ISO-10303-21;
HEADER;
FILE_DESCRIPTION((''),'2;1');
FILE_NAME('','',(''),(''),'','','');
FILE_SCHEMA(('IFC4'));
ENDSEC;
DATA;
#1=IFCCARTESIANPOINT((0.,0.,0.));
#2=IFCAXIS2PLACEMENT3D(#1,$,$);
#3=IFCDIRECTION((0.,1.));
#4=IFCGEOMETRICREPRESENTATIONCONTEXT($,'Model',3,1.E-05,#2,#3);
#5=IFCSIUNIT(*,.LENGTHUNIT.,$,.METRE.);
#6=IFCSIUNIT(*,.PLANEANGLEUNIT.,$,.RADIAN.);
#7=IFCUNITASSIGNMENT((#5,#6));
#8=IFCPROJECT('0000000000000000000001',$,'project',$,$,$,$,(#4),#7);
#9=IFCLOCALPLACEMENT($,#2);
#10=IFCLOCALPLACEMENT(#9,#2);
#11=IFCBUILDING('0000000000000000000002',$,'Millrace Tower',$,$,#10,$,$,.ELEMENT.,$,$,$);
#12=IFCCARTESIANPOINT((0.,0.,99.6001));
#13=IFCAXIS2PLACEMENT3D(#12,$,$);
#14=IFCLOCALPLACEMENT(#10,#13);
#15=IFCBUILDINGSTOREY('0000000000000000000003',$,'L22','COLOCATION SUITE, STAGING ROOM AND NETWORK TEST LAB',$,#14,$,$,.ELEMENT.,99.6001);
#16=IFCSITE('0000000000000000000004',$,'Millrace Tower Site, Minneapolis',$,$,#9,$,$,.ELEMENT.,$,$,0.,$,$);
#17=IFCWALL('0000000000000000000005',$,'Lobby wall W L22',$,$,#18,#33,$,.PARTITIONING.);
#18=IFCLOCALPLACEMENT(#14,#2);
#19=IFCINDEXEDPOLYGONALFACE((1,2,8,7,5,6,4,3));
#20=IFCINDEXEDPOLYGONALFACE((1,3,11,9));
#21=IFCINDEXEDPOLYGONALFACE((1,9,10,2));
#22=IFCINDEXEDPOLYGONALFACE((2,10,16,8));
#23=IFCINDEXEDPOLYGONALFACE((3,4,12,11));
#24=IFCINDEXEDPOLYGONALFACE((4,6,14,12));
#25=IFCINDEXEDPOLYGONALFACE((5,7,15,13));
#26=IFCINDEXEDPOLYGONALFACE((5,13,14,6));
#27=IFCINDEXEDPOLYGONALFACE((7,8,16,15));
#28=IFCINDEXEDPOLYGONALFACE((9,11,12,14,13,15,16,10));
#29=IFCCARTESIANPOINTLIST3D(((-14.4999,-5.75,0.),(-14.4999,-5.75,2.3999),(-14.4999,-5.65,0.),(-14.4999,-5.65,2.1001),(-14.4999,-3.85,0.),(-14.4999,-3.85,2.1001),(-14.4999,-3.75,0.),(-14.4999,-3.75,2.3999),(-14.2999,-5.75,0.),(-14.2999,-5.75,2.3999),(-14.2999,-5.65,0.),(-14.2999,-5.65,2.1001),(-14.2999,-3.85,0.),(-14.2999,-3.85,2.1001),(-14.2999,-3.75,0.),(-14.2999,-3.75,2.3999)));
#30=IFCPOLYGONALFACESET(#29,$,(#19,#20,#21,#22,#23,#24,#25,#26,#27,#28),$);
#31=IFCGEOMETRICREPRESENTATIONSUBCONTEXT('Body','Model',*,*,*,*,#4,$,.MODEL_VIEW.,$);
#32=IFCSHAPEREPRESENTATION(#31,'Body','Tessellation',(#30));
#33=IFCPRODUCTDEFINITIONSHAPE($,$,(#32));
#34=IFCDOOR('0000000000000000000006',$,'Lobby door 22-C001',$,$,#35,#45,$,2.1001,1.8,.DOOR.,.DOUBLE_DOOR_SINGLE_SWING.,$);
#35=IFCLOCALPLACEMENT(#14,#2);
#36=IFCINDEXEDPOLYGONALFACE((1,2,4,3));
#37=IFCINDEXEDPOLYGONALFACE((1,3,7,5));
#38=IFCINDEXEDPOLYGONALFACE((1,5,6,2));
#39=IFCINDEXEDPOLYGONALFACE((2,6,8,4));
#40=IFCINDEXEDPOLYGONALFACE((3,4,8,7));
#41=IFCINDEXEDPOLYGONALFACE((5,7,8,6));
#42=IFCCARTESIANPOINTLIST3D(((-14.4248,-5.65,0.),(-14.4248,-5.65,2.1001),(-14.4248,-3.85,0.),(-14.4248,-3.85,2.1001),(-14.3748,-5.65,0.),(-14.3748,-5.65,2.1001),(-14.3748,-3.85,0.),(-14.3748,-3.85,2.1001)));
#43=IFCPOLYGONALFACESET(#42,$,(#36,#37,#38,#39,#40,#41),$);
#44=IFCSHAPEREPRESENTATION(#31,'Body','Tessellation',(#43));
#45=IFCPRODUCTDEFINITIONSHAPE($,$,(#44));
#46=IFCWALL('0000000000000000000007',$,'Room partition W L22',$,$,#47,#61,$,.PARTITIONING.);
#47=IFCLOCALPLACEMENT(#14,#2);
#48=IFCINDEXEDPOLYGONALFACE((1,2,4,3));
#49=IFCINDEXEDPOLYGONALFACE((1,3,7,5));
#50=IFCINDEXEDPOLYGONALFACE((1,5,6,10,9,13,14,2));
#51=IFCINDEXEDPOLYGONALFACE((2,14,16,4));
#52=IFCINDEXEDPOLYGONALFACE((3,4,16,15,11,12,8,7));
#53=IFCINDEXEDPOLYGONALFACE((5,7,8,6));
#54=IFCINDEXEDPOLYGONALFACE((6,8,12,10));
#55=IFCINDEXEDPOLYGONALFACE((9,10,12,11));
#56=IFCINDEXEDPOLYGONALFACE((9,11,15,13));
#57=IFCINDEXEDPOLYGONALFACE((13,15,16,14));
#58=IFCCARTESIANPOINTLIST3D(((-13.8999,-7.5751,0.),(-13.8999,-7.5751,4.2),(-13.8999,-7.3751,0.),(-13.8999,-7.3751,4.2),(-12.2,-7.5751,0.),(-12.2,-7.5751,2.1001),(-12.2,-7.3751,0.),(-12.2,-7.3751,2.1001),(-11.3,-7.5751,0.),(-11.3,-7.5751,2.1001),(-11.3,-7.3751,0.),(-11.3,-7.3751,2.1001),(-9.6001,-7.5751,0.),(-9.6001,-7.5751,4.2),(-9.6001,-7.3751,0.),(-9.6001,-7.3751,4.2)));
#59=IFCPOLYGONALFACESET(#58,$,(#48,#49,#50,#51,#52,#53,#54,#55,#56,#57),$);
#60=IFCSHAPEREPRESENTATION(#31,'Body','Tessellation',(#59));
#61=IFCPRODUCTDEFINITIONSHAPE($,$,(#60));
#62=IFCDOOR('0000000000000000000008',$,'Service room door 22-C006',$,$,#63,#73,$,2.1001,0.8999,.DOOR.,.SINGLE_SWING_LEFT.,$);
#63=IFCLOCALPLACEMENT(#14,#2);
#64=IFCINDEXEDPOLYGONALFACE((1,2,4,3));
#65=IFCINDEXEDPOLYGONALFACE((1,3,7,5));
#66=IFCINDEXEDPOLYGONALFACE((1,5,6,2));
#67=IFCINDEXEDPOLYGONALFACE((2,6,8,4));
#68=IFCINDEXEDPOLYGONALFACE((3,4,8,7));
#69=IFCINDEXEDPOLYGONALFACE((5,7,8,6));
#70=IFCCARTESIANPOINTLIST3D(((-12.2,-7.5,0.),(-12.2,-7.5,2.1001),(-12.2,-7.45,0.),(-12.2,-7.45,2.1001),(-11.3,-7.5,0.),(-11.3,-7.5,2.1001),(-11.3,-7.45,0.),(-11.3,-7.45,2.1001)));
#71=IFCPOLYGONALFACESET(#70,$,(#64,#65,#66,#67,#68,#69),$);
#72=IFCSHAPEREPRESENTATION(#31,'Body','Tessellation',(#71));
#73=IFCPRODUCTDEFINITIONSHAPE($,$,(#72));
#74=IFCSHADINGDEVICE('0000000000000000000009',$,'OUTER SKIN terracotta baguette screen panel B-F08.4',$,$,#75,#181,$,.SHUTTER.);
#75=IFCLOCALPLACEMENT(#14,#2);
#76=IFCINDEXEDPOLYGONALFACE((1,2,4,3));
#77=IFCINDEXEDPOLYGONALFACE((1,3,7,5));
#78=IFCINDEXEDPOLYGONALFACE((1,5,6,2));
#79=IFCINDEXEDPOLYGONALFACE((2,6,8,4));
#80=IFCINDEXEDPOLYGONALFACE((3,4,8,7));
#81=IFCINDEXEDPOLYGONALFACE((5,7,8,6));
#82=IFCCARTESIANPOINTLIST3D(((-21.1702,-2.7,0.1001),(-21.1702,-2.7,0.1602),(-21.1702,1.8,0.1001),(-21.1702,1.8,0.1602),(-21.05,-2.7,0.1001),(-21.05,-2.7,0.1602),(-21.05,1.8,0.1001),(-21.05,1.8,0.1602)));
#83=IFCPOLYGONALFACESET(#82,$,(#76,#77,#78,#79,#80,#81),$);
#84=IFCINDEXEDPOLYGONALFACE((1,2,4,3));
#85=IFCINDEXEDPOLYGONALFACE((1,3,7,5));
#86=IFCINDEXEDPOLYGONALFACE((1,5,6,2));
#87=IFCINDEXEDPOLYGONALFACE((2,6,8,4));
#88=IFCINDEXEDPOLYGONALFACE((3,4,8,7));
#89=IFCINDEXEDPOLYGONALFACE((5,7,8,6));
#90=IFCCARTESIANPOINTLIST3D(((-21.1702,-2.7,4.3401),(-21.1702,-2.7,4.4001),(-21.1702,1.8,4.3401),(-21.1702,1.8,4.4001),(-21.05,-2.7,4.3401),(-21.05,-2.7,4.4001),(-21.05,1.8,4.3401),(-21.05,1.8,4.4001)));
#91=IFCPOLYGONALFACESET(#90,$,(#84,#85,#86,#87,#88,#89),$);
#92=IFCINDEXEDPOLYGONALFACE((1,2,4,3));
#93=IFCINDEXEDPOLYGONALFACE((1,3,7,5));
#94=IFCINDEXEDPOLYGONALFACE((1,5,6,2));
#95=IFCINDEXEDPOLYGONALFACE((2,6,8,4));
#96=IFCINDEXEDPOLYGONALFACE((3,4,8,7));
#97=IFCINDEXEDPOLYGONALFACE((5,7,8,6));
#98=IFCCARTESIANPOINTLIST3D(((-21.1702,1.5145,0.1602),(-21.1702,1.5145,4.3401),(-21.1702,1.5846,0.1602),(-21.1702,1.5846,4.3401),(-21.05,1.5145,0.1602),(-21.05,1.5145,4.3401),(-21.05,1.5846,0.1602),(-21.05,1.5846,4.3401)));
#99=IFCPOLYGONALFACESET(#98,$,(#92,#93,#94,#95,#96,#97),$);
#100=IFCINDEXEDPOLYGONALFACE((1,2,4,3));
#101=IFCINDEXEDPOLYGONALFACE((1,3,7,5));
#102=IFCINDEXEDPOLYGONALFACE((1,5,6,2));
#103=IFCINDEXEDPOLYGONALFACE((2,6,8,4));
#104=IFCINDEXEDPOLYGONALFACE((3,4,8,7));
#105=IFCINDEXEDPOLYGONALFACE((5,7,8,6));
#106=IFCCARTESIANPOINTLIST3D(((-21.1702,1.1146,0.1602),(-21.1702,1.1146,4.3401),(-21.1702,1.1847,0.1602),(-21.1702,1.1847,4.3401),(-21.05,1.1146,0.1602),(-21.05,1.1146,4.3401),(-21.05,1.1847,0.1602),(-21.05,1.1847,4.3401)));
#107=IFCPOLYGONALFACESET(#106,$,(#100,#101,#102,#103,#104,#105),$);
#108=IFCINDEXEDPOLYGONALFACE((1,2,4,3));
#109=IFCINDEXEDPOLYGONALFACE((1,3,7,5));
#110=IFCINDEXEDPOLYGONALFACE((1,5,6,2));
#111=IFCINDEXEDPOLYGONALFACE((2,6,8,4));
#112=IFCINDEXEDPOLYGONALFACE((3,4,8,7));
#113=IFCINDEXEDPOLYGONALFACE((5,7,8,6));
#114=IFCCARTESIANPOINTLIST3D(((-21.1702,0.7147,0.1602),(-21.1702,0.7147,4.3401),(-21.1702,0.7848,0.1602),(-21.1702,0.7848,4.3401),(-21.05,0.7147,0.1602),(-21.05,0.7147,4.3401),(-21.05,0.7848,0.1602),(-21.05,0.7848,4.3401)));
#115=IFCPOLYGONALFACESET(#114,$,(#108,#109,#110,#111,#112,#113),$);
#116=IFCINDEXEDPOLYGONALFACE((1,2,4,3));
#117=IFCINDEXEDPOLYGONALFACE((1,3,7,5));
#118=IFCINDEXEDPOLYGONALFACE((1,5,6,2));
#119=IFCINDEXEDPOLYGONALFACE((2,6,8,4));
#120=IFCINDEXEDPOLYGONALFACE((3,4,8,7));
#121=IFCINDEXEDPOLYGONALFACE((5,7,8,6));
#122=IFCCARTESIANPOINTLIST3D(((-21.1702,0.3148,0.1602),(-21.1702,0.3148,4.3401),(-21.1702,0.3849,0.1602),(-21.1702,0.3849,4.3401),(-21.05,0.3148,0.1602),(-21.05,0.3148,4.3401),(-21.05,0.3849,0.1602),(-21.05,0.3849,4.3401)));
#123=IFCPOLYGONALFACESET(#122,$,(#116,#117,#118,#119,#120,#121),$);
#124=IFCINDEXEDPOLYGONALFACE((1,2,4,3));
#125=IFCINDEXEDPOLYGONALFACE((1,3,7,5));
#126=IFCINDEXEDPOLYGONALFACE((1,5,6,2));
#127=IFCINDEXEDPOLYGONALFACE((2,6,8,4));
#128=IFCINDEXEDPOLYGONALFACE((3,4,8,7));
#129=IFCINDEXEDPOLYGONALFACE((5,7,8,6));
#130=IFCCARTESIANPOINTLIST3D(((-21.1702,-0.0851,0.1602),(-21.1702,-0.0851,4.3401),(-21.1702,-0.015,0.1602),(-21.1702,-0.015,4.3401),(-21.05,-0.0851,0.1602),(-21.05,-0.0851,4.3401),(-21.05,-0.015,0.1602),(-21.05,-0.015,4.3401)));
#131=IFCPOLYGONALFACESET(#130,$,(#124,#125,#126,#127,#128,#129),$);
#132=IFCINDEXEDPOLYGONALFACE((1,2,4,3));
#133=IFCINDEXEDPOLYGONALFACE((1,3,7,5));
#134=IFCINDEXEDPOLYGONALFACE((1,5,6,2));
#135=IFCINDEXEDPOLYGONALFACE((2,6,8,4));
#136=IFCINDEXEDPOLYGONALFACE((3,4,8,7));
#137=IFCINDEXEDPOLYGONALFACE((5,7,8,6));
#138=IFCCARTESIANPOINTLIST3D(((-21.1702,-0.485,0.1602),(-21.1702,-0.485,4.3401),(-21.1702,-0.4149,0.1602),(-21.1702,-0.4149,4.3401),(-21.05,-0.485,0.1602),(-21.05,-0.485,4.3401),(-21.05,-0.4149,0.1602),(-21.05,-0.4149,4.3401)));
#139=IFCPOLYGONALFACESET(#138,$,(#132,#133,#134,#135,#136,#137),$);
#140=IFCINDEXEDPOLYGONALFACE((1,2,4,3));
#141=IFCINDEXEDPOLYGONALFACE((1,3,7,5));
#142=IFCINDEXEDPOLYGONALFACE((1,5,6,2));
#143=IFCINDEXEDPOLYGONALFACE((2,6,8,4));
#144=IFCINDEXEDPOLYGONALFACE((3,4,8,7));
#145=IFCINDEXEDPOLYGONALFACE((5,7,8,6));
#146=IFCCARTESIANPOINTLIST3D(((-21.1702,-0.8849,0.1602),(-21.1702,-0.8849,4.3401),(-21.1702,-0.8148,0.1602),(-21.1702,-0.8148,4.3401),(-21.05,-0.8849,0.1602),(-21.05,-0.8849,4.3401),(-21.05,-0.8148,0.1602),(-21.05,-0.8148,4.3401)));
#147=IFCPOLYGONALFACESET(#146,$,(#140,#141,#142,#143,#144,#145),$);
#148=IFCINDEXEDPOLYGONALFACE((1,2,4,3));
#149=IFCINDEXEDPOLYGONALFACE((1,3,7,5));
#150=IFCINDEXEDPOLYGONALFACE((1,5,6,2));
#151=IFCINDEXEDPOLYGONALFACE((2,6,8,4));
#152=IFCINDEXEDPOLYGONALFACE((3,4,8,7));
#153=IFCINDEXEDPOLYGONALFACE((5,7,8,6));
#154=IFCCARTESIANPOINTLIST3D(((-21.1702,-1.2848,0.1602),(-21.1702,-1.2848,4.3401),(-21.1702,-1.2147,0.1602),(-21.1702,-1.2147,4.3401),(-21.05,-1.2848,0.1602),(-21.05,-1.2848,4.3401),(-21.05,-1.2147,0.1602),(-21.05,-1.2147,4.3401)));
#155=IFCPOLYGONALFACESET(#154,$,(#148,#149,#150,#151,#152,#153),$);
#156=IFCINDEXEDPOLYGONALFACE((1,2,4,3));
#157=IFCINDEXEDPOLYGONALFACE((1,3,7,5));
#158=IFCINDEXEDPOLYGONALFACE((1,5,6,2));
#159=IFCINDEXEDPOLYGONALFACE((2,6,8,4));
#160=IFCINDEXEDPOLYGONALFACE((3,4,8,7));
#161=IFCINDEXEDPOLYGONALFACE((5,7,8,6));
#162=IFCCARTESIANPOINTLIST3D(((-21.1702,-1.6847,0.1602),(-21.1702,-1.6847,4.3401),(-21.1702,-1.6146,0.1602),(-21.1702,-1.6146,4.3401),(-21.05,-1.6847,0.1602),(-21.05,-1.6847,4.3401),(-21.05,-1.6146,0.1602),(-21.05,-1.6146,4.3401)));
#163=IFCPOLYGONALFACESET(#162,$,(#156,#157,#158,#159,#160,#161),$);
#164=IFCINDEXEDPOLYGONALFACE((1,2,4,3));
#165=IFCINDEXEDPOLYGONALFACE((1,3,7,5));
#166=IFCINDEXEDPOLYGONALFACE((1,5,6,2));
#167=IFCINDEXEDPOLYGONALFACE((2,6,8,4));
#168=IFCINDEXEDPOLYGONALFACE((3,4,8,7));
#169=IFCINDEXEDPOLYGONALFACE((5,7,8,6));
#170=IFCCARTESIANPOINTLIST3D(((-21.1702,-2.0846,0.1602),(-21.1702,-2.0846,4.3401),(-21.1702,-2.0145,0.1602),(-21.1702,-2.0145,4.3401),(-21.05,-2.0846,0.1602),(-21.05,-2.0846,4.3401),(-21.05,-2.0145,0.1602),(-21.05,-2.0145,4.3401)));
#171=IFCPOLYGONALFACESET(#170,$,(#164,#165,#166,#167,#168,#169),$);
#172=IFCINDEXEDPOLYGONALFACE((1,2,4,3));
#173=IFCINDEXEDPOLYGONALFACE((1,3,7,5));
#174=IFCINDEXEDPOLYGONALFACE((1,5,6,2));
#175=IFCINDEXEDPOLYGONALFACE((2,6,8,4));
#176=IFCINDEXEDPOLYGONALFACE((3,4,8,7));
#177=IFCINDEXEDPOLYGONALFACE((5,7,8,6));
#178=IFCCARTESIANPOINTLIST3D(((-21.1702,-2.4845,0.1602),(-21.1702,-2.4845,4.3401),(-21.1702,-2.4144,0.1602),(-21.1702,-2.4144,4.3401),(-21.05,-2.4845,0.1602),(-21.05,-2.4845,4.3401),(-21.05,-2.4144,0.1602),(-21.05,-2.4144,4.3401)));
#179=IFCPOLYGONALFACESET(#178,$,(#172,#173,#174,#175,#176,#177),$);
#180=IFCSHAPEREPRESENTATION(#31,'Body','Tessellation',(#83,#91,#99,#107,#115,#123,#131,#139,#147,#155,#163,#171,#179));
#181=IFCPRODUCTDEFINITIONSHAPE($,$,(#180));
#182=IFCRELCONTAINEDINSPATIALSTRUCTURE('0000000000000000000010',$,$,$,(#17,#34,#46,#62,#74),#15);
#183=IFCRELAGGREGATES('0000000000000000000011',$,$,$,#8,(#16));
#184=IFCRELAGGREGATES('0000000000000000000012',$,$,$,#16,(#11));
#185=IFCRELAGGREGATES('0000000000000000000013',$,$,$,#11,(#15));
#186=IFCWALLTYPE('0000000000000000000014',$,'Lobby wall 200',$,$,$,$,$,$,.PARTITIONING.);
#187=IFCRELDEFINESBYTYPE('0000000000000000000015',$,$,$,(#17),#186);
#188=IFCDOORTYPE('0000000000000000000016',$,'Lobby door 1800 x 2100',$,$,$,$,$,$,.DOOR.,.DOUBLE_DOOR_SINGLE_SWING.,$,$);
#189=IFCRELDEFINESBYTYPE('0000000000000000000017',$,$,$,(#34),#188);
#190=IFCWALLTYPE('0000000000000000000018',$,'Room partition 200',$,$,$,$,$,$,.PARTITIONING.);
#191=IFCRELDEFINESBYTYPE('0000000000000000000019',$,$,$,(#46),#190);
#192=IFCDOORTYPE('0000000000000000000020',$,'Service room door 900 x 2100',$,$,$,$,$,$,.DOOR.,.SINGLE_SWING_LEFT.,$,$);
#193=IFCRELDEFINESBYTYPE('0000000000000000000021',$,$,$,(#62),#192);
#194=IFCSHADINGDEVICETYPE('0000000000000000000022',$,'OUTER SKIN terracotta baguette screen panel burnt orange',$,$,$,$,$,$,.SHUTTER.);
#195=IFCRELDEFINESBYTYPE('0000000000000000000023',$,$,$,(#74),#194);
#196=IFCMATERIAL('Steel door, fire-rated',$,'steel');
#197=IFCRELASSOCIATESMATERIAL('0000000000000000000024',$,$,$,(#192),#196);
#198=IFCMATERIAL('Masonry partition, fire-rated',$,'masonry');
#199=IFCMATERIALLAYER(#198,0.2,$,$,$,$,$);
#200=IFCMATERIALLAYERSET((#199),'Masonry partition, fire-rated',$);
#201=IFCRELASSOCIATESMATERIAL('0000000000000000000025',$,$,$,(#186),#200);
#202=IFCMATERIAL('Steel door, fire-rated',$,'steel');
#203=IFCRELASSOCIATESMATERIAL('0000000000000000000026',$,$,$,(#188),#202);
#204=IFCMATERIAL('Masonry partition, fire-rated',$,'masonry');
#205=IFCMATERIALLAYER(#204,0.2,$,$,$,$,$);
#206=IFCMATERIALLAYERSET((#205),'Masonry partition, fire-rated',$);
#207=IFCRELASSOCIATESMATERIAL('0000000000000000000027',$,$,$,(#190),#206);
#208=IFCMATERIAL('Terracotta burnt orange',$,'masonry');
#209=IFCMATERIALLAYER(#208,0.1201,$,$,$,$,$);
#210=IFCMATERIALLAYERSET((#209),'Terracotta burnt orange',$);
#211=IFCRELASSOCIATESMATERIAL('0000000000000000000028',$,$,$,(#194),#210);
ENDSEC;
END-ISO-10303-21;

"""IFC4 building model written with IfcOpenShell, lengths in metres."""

from ifc_helpers import new_model, entity, si_unit, direction, frame, frame_2d, origin, origin_2d, place, context, subcontext, project, spatial, rectangle, extrude, source, transform, mapped, material, layer, layer_set, type_object, element, fill, save


model = new_model("IFC4")

# Units and contexts
model_context = context("Model", 3, precision=1e-05, world=origin(), true_north=direction((0.0, 1.0)))
body_context = subcontext(model_context, "Body", "Model", "MODEL_VIEW")
ifc_project = project(units=[si_unit("LENGTHUNIT", "METRE"), si_unit("PLANEANGLEUNIT", "RADIAN")], contexts=[model_context])

# Site, building, storey
site_placement = place(None, origin())
site = spatial("IfcSite", under=ifc_project, at=site_placement, Name="Millrace Tower Site, Minneapolis", CompositionType="ELEMENT", RefElevation=0.0)
building_placement = place(site_placement, origin())
building = spatial("IfcBuilding", under=site, at=building_placement, Name="Millrace Tower", CompositionType="ELEMENT")
storey_placement = place(building_placement, frame((0.0, 0.0, 99.6001)))
storey = spatial("IfcBuildingStorey", under=building, at=storey_placement, Name="L22", Description="COLOCATION SUITE, STAGING ROOM AND NETWORK TEST LAB", CompositionType="ELEMENT", Elevation=99.6001)

# Shared definitions
ifc_material_1 = material(Name="Steel door, fire-rated", Category="steel")
door_type_1 = type_object("IfcDoorType", Name="Service room door 900 x 2100", OperationType="SINGLE_SWING_LEFT", PredefinedType="DOOR", material=ifc_material_1)

# Walls, openings, doors
ifc_material_2 = material(Name="Masonry partition, fire-rated", Category="masonry")
ifc_layer_1 = layer(ifc_material_2, 0.2)
ifc_layer_set_1 = layer_set([ifc_layer_1], Name="Masonry partition, fire-rated")
wall_type_1 = type_object("IfcWallType", Name="Lobby wall 200", PredefinedType="PARTITIONING", material=ifc_layer_set_1)
wall_1_placement = place(storey_placement, frame((-14.3999, -5.75, 0.0), z_axis=(0.0, 0.0, 1.0), x_axis=(0.0, 1.0, 0.0)))
wall_1 = element("IfcWall", 1, at=wall_1_placement, inside=storey, type_object=wall_type_1, Name="Lobby wall W L22", PredefinedType="PARTITIONING", context=body_context, shape_type="SweptSolid", body=[
    extrude(rectangle(XDim=2.0, YDim=0.2, at=frame_2d((1.0, 0.0))), origin(), (0.0, 0.0, 1.0), 2.3999),
])
opening_1_placement = place(wall_1_placement, frame((0.1001, 0.0, 0.0)))
opening_1 = element("IfcOpeningElement", 2, at=opening_1_placement, cuts=wall_1, PredefinedType="OPENING", context=body_context, shape_type="SweptSolid", body=[
    extrude(rectangle(XDim=1.8, YDim=2.1001, at=frame_2d((0.8999, 1.05))), frame((0.0, 0.1099, 0.0), z_axis=(0.0, -1.0, 0.0), x_axis=(1.0, 0.0, 0.0)), (0.0, 0.0, 1.0), 0.22),
])
ifc_material_3 = material(Name="Steel door, fire-rated", Category="steel")
door_type_2 = type_object("IfcDoorType", Name="Lobby door 1800 x 2100", OperationType="DOUBLE_DOOR_SINGLE_SWING", PredefinedType="DOOR", material=ifc_material_3)
door_1_placement = place(opening_1_placement, origin())
door_1 = element("IfcDoor", 3, at=door_1_placement, inside=storey, type_object=door_type_2, Name="Lobby door 22-C001", OperationType="DOUBLE_DOOR_SINGLE_SWING", OverallHeight=2.1001, OverallWidth=1.8, PredefinedType="DOOR", context=body_context, shape_type="SweptSolid", body=[
    extrude(rectangle(XDim=1.8, YDim=2.1001, at=frame_2d((0.8999, 1.05))), frame((0.0, 0.0249, 0.0), z_axis=(0.0, -1.0, 0.0), x_axis=(1.0, 0.0, 0.0)), (0.0, 0.0, 1.0), 0.05),
])
fill(opening_1, door_1)
ifc_material_4 = material(Name="Masonry partition, fire-rated", Category="masonry")
ifc_layer_2 = layer(ifc_material_4, 0.2)
ifc_layer_set_2 = layer_set([ifc_layer_2], Name="Masonry partition, fire-rated")
wall_type_2 = type_object("IfcWallType", Name="Room partition 200", PredefinedType="PARTITIONING", material=ifc_layer_set_2)
wall_2_placement = place(storey_placement, frame((-13.8999, -7.4751, 0.0), z_axis=(0.0, 0.0, 1.0), x_axis=(1.0, 0.0, 0.0)))
wall_2 = element("IfcWall", 4, at=wall_2_placement, inside=storey, type_object=wall_type_2, Name="Room partition W L22", PredefinedType="PARTITIONING", context=body_context, shape_type="SweptSolid", body=[
    extrude(rectangle(XDim=4.2998, YDim=0.2, at=frame_2d((2.1499, 0.0))), origin(), (0.0, 0.0, 1.0), 4.2),
])
opening_2_placement = place(wall_2_placement, frame((1.7, 0.0, 0.0)))
opening_2 = element("IfcOpeningElement", 5, at=opening_2_placement, cuts=wall_2, PredefinedType="OPENING", context=body_context, shape_type="SweptSolid", body=[
    extrude(rectangle(XDim=0.8999, YDim=2.1001, at=frame_2d((0.45, 1.05))), frame((0.0, 0.1099, 0.0), z_axis=(0.0, -1.0, 0.0), x_axis=(1.0, 0.0, 0.0)), (0.0, 0.0, 1.0), 0.22),
])
door_2_placement = place(opening_2_placement, frame((0.8999, 0.0, 0.0), z_axis=(0.0, 0.0, 1.0), x_axis=(-1.0, 0.0, 0.0)))
door_2 = element("IfcDoor", 6, at=door_2_placement, inside=storey, type_object=door_type_1, Name="Service room door 22-C006", OperationType="SINGLE_SWING_LEFT", OverallHeight=2.1001, OverallWidth=0.8999, PredefinedType="DOOR", context=body_context, shape_type="SweptSolid", body=[
    extrude(rectangle(XDim=0.8999, YDim=2.1001, at=frame_2d((0.45, 1.05))), frame((0.0, 0.0249, 0.0), z_axis=(0.0, -1.0, 0.0), x_axis=(1.0, 0.0, 0.0)), (0.0, 0.0, 1.0), 0.05),
])
fill(opening_2, door_2)

# Shading device
ifc_material_5 = material(Name="Terracotta burnt orange", Category="masonry")
ifc_layer_3 = layer(ifc_material_5, 0.1201)
ifc_layer_set_3 = layer_set([ifc_layer_3], Name="Terracotta burnt orange")
shading_device_type = type_object("IfcShadingDeviceType", Name="OUTER SKIN terracotta baguette screen panel burnt orange", PredefinedType="SHUTTER", material=ifc_layer_set_3)
cartesian_point = entity("IfcCartesianPoint", [-2.25, 0.0601])
shared_polyline = entity("IfcPolyline", [cartesian_point, entity("IfcCartesianPoint", [2.25, 0.0601]), entity("IfcCartesianPoint", [2.25, -0.0601]), entity("IfcCartesianPoint", [-2.25, -0.0601]), cartesian_point])
shared_shape = source(origin(), body_context, "Body", "SweptSolid", [
    entity("IfcExtrudedAreaSolid", entity("IfcArbitraryClosedProfileDef", "AREA", None, shared_polyline), entity("IfcAxis2Placement3D", entity("IfcCartesianPoint", [0.0, 0.0, 0.0])), entity("IfcDirection", [0.0, 0.0, 1.0]), 0.0601),
    entity("IfcExtrudedAreaSolid", entity("IfcArbitraryClosedProfileDef", "AREA", None, shared_polyline), entity("IfcAxis2Placement3D", entity("IfcCartesianPoint", [0.0, 0.0, 4.24])), entity("IfcDirection", [0.0, 0.0, 1.0]), 0.0601),
    extrude(rectangle(XDim=0.0701, YDim=0.1201, at=frame_2d((-1.9995, 0.0))), frame((0.0, 0.0, 0.0601)), (0.0, 0.0, 1.0), 4.1799),
    extrude(rectangle(XDim=0.0701, YDim=0.1201, at=frame_2d((-1.5996, 0.0))), frame((0.0, 0.0, 0.0601)), (0.0, 0.0, 1.0), 4.1799),
    extrude(rectangle(XDim=0.0701, YDim=0.1201, at=frame_2d((-1.1997, 0.0))), frame((0.0, 0.0, 0.0601)), (0.0, 0.0, 1.0), 4.1799),
    extrude(rectangle(XDim=0.0701, YDim=0.1201, at=frame_2d((-0.7998, 0.0))), frame((0.0, 0.0, 0.0601)), (0.0, 0.0, 1.0), 4.1799),
    extrude(rectangle(XDim=0.0701, YDim=0.1201, at=frame_2d((-0.3999, 0.0))), frame((0.0, 0.0, 0.0601)), (0.0, 0.0, 1.0), 4.1799),
    extrude(rectangle(XDim=0.0701, YDim=0.1201, at=origin_2d()), frame((0.0, 0.0, 0.0601)), (0.0, 0.0, 1.0), 4.1799),
    extrude(rectangle(XDim=0.0701, YDim=0.1201, at=frame_2d((0.3999, 0.0))), frame((0.0, 0.0, 0.0601)), (0.0, 0.0, 1.0), 4.1799),
    extrude(rectangle(XDim=0.0701, YDim=0.1201, at=frame_2d((0.7998, 0.0))), frame((0.0, 0.0, 0.0601)), (0.0, 0.0, 1.0), 4.1799),
    extrude(rectangle(XDim=0.0701, YDim=0.1201, at=frame_2d((1.1997, 0.0))), frame((0.0, 0.0, 0.0601)), (0.0, 0.0, 1.0), 4.1799),
    extrude(rectangle(XDim=0.0701, YDim=0.1201, at=frame_2d((1.5996, 0.0))), frame((0.0, 0.0, 0.0601)), (0.0, 0.0, 1.0), 4.1799),
    extrude(rectangle(XDim=0.0701, YDim=0.1201, at=frame_2d((1.9995, 0.0))), frame((0.0, 0.0, 0.0601)), (0.0, 0.0, 1.0), 4.1799),
])
for number, where, z_axis, x_axis, name in (
    (7, (-21.1101, -0.45, 0.1001), (0.0, 0.0, 1.0), (0.0, -1.0, 0.0), "OUTER SKIN terracotta baguette screen panel B-F08.4"),
):
    element("IfcShadingDevice", number, at=place(storey_placement, frame(where, z_axis=z_axis, x_axis=x_axis)), inside=storey, type_object=shading_device_type, Name=name, PredefinedType="SHUTTER", context=body_context, shape_type="MappedRepresentation", body=[
        mapped(shared_shape, transform((0.0, 0.0, 0.0), scale=1.0)),
    ])

save(model, "model.ifc")
